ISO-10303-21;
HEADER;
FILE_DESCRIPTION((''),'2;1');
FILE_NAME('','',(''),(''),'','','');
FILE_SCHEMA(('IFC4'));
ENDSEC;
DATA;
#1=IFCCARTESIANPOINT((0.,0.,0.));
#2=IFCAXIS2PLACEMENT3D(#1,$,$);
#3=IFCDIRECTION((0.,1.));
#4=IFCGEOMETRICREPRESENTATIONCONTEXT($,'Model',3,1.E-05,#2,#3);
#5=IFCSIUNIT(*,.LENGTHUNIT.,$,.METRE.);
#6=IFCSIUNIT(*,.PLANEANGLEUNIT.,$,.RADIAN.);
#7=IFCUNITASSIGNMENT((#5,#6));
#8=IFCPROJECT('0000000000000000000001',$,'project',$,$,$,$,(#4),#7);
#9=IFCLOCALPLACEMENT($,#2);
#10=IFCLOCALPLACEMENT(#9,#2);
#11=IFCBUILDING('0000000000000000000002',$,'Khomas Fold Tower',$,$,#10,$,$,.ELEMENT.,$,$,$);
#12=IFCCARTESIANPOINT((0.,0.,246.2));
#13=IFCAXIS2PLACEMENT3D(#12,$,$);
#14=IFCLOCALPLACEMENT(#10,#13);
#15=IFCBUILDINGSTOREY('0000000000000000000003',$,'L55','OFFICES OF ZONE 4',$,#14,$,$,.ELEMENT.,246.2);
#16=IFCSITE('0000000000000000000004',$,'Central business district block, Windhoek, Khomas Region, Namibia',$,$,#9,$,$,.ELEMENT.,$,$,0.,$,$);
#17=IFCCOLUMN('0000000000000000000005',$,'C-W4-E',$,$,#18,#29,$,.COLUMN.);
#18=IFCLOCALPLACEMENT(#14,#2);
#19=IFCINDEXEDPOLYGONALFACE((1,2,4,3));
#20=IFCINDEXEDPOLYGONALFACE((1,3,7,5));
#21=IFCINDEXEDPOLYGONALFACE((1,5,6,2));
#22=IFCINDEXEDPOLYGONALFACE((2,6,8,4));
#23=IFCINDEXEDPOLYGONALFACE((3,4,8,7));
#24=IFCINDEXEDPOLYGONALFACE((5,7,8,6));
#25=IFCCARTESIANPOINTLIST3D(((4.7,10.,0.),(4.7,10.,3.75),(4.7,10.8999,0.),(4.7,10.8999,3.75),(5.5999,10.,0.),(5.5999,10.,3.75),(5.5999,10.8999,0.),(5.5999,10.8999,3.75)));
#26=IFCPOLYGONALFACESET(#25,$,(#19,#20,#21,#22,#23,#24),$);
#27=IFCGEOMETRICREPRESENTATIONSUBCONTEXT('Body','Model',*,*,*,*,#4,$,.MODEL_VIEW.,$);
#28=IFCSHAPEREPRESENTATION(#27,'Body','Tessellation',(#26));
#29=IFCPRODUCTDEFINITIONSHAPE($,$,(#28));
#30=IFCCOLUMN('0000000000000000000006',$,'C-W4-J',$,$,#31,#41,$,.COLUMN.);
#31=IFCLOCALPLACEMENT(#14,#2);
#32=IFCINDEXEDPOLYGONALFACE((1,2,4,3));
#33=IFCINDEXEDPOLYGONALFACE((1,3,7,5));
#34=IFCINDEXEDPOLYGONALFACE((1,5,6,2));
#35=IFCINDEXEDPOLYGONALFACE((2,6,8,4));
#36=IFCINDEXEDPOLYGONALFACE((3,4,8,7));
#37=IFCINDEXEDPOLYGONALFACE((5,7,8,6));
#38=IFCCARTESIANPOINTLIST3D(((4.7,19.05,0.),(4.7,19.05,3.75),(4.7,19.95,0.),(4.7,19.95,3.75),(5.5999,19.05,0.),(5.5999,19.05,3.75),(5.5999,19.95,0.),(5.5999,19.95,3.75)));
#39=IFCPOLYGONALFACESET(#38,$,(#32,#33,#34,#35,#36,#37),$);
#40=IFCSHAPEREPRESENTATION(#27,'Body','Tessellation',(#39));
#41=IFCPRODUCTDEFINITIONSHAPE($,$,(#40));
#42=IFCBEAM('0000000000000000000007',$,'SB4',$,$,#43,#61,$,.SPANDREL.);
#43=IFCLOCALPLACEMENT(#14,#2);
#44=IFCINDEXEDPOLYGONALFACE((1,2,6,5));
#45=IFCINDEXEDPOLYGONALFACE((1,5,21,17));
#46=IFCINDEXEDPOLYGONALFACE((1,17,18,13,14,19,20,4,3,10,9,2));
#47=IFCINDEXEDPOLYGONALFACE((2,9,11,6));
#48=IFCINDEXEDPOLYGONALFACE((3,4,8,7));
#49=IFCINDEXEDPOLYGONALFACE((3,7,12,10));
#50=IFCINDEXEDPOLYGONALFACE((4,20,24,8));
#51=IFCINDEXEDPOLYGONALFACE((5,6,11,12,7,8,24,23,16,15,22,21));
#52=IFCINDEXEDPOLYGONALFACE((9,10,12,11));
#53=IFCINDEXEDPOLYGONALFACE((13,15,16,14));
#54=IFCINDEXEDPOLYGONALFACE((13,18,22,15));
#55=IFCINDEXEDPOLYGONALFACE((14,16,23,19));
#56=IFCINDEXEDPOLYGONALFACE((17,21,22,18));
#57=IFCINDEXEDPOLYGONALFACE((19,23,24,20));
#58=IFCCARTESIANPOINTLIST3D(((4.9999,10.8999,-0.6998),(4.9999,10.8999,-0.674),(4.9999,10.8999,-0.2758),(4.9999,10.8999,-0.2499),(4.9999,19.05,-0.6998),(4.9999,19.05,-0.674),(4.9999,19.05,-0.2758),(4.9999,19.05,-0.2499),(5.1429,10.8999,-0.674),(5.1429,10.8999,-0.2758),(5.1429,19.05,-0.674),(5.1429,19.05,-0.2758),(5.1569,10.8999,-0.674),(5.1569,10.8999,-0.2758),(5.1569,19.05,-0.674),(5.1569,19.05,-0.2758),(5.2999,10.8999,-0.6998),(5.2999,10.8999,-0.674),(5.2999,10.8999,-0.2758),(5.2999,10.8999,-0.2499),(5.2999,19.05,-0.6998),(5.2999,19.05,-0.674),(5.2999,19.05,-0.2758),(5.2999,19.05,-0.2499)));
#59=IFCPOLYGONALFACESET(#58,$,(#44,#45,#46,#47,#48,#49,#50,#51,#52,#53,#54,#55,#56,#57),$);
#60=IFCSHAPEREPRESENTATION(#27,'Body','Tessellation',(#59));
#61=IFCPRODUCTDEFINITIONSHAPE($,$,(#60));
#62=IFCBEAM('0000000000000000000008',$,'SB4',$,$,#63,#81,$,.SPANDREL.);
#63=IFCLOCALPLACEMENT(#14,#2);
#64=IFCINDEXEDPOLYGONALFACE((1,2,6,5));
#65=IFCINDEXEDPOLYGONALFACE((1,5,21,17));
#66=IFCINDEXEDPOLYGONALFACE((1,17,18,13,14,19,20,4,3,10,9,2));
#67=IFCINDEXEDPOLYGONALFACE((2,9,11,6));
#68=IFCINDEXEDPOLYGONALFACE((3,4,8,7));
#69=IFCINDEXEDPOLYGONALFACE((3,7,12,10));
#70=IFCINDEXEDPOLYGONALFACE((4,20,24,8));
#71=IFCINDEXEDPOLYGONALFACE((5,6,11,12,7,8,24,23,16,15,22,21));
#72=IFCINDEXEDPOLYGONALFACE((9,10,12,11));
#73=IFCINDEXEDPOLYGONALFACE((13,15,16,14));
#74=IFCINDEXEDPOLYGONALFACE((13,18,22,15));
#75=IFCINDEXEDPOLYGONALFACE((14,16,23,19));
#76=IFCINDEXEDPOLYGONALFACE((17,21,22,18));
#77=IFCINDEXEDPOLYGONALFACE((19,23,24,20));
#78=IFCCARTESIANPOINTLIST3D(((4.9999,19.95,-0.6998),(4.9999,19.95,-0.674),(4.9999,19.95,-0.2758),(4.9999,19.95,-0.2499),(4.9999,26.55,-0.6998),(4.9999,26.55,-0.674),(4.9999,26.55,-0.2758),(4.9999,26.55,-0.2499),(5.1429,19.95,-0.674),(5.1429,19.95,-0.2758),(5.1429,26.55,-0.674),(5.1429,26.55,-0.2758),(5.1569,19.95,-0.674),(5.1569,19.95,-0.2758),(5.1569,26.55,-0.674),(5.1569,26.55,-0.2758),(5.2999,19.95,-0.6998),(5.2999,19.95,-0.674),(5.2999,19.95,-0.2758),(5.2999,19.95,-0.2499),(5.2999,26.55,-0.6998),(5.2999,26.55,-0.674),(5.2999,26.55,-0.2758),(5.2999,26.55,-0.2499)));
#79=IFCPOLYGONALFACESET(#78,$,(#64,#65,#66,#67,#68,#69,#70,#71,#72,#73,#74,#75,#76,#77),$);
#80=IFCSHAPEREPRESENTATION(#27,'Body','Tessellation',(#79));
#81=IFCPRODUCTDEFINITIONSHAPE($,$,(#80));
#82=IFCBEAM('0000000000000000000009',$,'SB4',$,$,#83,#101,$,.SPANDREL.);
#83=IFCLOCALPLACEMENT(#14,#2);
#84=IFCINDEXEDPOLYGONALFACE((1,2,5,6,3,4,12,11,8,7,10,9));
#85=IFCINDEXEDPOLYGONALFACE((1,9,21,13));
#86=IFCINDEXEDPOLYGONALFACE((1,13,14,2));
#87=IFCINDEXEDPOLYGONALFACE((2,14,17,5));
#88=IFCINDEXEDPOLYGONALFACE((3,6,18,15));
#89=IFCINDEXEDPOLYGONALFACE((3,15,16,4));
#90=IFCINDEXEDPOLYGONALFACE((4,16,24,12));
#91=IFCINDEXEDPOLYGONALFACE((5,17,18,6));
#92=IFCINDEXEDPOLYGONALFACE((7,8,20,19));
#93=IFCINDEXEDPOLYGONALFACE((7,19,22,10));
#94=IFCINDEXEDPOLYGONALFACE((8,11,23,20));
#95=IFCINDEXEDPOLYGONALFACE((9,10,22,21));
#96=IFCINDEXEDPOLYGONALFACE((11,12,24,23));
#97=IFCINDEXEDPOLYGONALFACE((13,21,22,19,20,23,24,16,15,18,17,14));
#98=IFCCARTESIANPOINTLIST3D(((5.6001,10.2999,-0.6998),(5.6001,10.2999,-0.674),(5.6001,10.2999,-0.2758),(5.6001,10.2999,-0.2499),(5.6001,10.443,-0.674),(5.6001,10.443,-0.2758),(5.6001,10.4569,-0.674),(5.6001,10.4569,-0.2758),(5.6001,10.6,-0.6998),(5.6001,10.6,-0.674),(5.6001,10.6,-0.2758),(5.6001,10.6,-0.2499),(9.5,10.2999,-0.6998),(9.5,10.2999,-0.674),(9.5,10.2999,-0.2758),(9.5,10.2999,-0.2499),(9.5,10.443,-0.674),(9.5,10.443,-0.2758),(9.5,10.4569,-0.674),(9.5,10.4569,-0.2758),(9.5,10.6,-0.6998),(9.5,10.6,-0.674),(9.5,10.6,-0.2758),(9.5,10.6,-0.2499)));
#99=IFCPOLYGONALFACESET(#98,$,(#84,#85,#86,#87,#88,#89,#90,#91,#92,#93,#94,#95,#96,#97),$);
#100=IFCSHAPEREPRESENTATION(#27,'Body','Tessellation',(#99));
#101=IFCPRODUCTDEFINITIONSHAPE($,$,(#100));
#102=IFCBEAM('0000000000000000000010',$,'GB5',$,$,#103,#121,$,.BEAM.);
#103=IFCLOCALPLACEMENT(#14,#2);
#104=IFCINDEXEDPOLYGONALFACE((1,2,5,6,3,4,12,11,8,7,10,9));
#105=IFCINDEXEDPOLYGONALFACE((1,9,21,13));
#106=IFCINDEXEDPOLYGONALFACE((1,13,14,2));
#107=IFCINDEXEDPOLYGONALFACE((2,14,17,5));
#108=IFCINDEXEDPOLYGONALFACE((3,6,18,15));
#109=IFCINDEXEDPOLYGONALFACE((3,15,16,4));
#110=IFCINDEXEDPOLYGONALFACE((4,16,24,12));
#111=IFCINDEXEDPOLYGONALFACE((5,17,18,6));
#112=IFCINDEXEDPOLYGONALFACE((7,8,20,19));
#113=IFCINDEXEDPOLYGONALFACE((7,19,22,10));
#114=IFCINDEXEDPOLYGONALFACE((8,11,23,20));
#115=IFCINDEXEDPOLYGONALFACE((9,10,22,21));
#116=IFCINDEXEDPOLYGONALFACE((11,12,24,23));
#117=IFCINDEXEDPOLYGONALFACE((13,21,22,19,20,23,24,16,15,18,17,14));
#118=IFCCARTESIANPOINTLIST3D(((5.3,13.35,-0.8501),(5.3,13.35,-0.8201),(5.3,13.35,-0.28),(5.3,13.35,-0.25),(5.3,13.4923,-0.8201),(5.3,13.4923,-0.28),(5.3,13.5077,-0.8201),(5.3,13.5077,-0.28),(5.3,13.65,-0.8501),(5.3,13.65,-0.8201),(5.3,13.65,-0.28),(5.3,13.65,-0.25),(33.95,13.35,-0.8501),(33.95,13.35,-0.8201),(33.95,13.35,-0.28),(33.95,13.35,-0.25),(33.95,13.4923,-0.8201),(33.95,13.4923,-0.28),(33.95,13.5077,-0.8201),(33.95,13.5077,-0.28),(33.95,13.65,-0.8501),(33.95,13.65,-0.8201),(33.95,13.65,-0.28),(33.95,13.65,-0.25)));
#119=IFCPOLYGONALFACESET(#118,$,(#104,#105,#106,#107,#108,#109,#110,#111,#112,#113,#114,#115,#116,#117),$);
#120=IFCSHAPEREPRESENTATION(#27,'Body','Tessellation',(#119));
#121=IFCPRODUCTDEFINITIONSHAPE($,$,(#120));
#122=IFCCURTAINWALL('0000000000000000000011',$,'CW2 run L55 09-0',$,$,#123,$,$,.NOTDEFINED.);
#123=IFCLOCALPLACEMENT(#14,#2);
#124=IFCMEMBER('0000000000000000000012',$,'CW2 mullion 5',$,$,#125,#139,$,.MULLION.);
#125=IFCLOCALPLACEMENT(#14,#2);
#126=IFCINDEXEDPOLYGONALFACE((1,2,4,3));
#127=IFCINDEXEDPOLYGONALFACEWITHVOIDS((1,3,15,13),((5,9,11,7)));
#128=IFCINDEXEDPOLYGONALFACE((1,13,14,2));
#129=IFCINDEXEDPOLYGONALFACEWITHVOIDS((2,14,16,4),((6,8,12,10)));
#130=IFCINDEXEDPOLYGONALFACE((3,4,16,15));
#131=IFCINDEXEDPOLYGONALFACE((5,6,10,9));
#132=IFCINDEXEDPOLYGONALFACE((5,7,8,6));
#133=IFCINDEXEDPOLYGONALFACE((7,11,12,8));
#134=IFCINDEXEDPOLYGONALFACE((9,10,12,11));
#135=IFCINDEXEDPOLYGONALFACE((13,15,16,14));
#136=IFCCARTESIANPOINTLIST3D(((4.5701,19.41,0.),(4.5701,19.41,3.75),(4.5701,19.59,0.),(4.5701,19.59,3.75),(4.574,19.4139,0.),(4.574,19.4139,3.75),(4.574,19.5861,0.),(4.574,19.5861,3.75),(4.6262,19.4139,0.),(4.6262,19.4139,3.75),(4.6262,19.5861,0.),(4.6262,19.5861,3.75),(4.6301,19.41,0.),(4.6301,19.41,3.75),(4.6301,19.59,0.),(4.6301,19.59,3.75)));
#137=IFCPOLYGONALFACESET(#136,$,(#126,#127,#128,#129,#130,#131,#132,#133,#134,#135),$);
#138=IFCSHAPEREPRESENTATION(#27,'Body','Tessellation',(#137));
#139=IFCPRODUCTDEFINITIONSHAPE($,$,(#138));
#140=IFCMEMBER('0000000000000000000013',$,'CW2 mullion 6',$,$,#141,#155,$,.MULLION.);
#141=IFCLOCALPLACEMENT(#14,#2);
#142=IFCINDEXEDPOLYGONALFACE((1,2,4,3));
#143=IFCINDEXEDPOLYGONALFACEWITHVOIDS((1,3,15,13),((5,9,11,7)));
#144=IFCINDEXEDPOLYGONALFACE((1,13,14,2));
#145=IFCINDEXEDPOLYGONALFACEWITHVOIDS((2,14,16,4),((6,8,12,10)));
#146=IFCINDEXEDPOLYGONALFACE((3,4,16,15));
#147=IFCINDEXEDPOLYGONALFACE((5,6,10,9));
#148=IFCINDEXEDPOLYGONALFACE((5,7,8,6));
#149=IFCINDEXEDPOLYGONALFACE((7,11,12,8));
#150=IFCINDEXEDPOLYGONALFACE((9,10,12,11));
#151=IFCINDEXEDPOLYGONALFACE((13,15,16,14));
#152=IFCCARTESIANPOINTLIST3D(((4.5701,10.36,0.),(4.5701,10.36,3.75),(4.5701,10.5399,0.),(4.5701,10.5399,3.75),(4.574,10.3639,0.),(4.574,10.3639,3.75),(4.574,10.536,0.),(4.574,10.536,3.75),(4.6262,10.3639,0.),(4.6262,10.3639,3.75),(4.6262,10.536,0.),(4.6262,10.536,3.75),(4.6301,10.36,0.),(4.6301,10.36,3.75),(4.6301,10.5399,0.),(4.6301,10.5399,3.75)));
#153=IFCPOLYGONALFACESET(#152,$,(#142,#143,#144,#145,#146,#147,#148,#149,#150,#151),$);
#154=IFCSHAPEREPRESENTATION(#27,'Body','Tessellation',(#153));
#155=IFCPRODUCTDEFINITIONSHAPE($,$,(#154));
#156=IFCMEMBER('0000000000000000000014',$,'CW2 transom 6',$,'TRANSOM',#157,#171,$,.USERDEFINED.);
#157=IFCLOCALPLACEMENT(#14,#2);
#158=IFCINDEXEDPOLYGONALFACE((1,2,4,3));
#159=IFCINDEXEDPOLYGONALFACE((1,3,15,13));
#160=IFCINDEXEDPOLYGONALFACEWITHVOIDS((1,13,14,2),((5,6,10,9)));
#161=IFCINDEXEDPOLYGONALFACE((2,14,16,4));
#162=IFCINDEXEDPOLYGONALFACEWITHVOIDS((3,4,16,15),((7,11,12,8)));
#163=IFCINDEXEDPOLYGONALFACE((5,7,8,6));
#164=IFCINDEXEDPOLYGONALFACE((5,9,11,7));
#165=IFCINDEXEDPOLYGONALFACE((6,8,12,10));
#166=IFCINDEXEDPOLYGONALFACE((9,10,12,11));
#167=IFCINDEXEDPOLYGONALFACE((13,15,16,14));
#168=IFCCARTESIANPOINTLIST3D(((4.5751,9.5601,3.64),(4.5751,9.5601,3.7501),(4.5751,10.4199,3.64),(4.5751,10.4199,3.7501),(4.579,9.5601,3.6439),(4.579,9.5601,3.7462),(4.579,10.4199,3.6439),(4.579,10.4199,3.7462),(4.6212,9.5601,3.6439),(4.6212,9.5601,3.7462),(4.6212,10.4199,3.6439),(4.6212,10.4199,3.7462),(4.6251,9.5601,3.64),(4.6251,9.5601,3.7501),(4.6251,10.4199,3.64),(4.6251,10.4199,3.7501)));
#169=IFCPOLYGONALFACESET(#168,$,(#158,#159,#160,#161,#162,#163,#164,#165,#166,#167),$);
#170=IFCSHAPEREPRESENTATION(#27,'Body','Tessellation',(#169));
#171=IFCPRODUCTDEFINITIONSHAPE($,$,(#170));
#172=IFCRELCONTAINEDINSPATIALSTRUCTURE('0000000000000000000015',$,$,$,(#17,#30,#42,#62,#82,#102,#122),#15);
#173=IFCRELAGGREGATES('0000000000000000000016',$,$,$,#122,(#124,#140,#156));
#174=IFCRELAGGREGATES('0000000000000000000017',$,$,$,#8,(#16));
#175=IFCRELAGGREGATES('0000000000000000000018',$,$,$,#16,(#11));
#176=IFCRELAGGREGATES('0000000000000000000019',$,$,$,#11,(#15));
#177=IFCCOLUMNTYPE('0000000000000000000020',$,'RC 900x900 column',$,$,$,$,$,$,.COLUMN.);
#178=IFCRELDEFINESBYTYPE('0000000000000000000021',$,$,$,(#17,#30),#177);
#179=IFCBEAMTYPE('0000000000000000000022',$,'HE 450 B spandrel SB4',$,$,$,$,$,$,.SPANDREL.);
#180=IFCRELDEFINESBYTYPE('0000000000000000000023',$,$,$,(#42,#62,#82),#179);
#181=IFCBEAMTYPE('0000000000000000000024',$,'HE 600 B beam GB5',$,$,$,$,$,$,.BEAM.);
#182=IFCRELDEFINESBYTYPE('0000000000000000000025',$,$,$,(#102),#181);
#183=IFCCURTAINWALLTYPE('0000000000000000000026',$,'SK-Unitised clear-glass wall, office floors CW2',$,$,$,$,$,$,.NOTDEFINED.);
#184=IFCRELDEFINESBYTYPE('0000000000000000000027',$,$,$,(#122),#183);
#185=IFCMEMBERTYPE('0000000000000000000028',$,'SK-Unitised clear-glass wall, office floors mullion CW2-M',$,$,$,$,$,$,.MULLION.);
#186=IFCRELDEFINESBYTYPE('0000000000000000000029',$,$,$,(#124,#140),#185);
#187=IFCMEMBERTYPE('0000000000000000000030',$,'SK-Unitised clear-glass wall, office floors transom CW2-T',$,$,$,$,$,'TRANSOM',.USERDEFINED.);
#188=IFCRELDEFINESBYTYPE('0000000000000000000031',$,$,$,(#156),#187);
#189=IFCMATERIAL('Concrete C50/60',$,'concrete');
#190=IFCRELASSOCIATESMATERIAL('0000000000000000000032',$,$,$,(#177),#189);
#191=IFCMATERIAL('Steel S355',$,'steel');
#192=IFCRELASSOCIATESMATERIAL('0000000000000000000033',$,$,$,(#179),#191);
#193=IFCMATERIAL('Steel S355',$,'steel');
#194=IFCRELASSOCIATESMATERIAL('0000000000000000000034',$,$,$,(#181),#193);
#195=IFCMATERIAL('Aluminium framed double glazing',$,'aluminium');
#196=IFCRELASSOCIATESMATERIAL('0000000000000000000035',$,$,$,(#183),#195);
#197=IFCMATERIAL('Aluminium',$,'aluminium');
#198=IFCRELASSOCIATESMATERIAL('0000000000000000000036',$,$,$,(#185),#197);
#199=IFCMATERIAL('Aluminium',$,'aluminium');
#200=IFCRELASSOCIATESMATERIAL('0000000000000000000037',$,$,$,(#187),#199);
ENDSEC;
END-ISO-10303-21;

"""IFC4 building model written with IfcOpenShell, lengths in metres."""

from ifc_helpers import new_model, si_unit, direction, frame, origin, origin_2d, place, context, subcontext, project, spatial, rectangle, hollow_rectangle, i_section, extrude, source, transform, mapped, material, material_profile, profile_set, type_object, element, aggregate, save


model = new_model("IFC4")

# Units and contexts
model_context = context("Model", 3, precision=1e-05, world=origin(), true_north=direction((0.0, 1.0)))
body_context = subcontext(model_context, "Body", "Model", "MODEL_VIEW")
ifc_project = project(units=[si_unit("LENGTHUNIT", "METRE"), si_unit("PLANEANGLEUNIT", "RADIAN")], contexts=[model_context])

# Site, building, storey
site_placement = place(None, origin())
site = spatial("IfcSite", under=ifc_project, at=site_placement, Name="Central business district block, Windhoek, Khomas Region, Namibia", CompositionType="ELEMENT", RefElevation=0.0)
building_placement = place(site_placement, origin())
building = spatial("IfcBuilding", under=site, at=building_placement, Name="Khomas Fold Tower", CompositionType="ELEMENT")
storey_placement = place(building_placement, frame((0.0, 0.0, 246.2)))
storey = spatial("IfcBuildingStorey", under=building, at=storey_placement, Name="L55", Description="OFFICES OF ZONE 4", CompositionType="ELEMENT", Elevation=246.2)

# Columns
ifc_material_1 = material(Name="Concrete C50/60", Category="concrete")
ifc_material_profile_1 = material_profile(ifc_material_1, rectangle(XDim=0.8999, YDim=0.8999, at=origin_2d()), Name="RC 900x900")
ifc_profile_set_1 = profile_set([ifc_material_profile_1], Name="Concrete C50/60")
column_type = type_object("IfcColumnType", Name="RC 900x900 column", PredefinedType="COLUMN", material=ifc_profile_set_1)
shared_shape_1 = source(origin(), body_context, "Body", "SweptSolid", [
    extrude(rectangle(XDim=0.8999, YDim=0.8999, at=origin_2d()), origin(), (0.0, 0.0, 1.0), 3.75),
])
for number, where, z_axis, x_axis, name in (
    (1, (5.1499, 10.45, 0.0), (0.0, 0.0, 1.0), (1.0, 0.0, 0.0), "C-W4-E"),
    (2, (5.1499, 19.5, 0.0), (0.0, 0.0, 1.0), (1.0, 0.0, 0.0), "C-W4-J"),
):
    element("IfcColumn", number, at=place(storey_placement, frame(where, z_axis=z_axis, x_axis=x_axis)), inside=storey, type_object=column_type, Name=name, PredefinedType="COLUMN", context=body_context, shape_type="MappedRepresentation", body=[
        mapped(shared_shape_1, transform((0.0, 0.0, 0.0))),
    ])

# Beams
ifc_material_2 = material(Name="Steel S355", Category="steel")
ifc_material_profile_2 = material_profile(ifc_material_2, i_section(OverallWidth=0.3, OverallDepth=0.45, WebThickness=0.0139, FlangeThickness=0.0259, at=origin_2d()), Name="HE 450 B")
ifc_profile_set_2 = profile_set([ifc_material_profile_2], Name="Steel S355")
beam_type_1 = type_object("IfcBeamType", Name="HE 450 B spandrel SB4", PredefinedType="SPANDREL", material=ifc_profile_set_2)
shared_shape_2 = source(origin(), body_context, "Body", "SweptSolid", [
    extrude(i_section(OverallWidth=0.3, OverallDepth=0.45, WebThickness=0.0139, FlangeThickness=0.0259, at=origin_2d()), origin(), (0.0, 0.0, 1.0), 8.1501),
])
beam_1_placement = place(storey_placement, frame((5.1499, 10.8999, -0.4749), z_axis=(0.0, 1.0, 0.0), x_axis=(-1.0, 0.0, 0.0)))
element("IfcBeam", 3, at=beam_1_placement, inside=storey, type_object=beam_type_1, Name="SB4", PredefinedType="SPANDREL", context=body_context, shape_type="MappedRepresentation", body=[
    mapped(shared_shape_2, transform((0.0, 0.0, 0.0))),
])
shared_shape_3 = source(origin(), body_context, "Body", "SweptSolid", [
    extrude(i_section(OverallWidth=0.3, OverallDepth=0.45, WebThickness=0.0139, FlangeThickness=0.0259, at=origin_2d()), origin(), (0.0, 0.0, 1.0), 6.6001),
])
beam_2_placement = place(storey_placement, frame((5.1499, 19.95, -0.4749), z_axis=(0.0, 1.0, 0.0), x_axis=(-1.0, 0.0, 0.0)))
element("IfcBeam", 4, at=beam_2_placement, inside=storey, type_object=beam_type_1, Name="SB4", PredefinedType="SPANDREL", context=body_context, shape_type="MappedRepresentation", body=[
    mapped(shared_shape_3, transform((0.0, 0.0, 0.0))),
])
shared_shape_4 = source(origin(), body_context, "Body", "SweptSolid", [
    extrude(i_section(OverallWidth=0.3, OverallDepth=0.45, WebThickness=0.0139, FlangeThickness=0.0259, at=origin_2d()), origin(), (0.0, 0.0, 1.0), 3.8999),
])
beam_3_placement = place(storey_placement, frame((5.6001, 10.45, -0.4749), z_axis=(1.0, 0.0, 0.0), x_axis=(0.0, 1.0, 0.0)))
element("IfcBeam", 5, at=beam_3_placement, inside=storey, type_object=beam_type_1, Name="SB4", PredefinedType="SPANDREL", context=body_context, shape_type="MappedRepresentation", body=[
    mapped(shared_shape_4, transform((0.0, 0.0, 0.0))),
])
ifc_material_3 = material(Name="Steel S355", Category="steel")
ifc_material_profile_3 = material_profile(ifc_material_3, i_section(OverallWidth=0.3, OverallDepth=0.6001, WebThickness=0.0154, FlangeThickness=0.03, at=origin_2d()), Name="HE 600 B")
ifc_profile_set_3 = profile_set([ifc_material_profile_3], Name="Steel S355")
beam_type_2 = type_object("IfcBeamType", Name="HE 600 B beam GB5", PredefinedType="BEAM", material=ifc_profile_set_3)
shared_shape_5 = source(origin(), body_context, "Body", "SweptSolid", [
    extrude(i_section(OverallWidth=0.3, OverallDepth=0.6001, WebThickness=0.0154, FlangeThickness=0.03, at=origin_2d()), origin(), (0.0, 0.0, 1.0), 28.6499),
])
beam_4_placement = place(storey_placement, frame((5.3, 13.5, -0.55), z_axis=(1.0, 0.0, 0.0), x_axis=(0.0, 1.0, 0.0)))
element("IfcBeam", 6, at=beam_4_placement, inside=storey, type_object=beam_type_2, Name="GB5", PredefinedType="BEAM", context=body_context, shape_type="MappedRepresentation", body=[
    mapped(shared_shape_5, transform((0.0, 0.0, 0.0))),
])

# Curtain wall, members
ifc_material_4 = material(Name="Aluminium framed double glazing", Category="aluminium")
curtain_wall_type = type_object("IfcCurtainWallType", Name="SK-Unitised clear-glass wall, office floors CW2", PredefinedType="NOTDEFINED", material=ifc_material_4)
curtain_wall_placement = place(storey_placement, origin())
curtain_wall = element("IfcCurtainWall", 7, at=curtain_wall_placement, inside=storey, type_object=curtain_wall_type, Name="CW2 run L55 09-0", PredefinedType="NOTDEFINED")
ifc_material_5 = material(Name="Aluminium", Category="aluminium")
ifc_material_profile_4 = material_profile(ifc_material_5, hollow_rectangle(XDim=0.0601, YDim=0.1799, WallThickness=0.0039, at=origin_2d()), Name="SK-Unitised clear-glass wall, office floors mullion CW2-M")
ifc_profile_set_4 = profile_set([ifc_material_profile_4], Name="Aluminium")
member_type_1 = type_object("IfcMemberType", Name="SK-Unitised clear-glass wall, office floors mullion CW2-M", PredefinedType="MULLION", material=ifc_profile_set_4)
shared_shape_6 = source(origin(), body_context, "Body", "SweptSolid", [
    extrude(hollow_rectangle(XDim=0.0601, YDim=0.1799, WallThickness=0.0039, at=origin_2d()), origin(), (0.0, 0.0, 1.0), 3.75),
])
member_1_placement = place(storey_placement, frame((4.6001, 19.5, 0.0), z_axis=(0.0, 0.0, 1.0), x_axis=(1.0, 0.0, 0.0)))
member_1 = element("IfcMember", 8, at=member_1_placement, type_object=member_type_1, Name="CW2 mullion 5", PredefinedType="MULLION", context=body_context, shape_type="MappedRepresentation", body=[
    mapped(shared_shape_6, transform((0.0, 0.0, 0.0))),
])
member_2_placement = place(storey_placement, frame((4.6001, 10.45, 0.0), z_axis=(0.0, 0.0, 1.0), x_axis=(1.0, 0.0, 0.0)))
member_2 = element("IfcMember", 9, at=member_2_placement, type_object=member_type_1, Name="CW2 mullion 6", PredefinedType="MULLION", context=body_context, shape_type="MappedRepresentation", body=[
    mapped(shared_shape_6, transform((0.0, 0.0, 0.0))),
])
ifc_material_6 = material(Name="Aluminium", Category="aluminium")
ifc_material_profile_5 = material_profile(ifc_material_6, hollow_rectangle(XDim=0.05, YDim=0.1101, WallThickness=0.0039, at=origin_2d()), Name="SK-Unitised clear-glass wall, office floors transom CW2-T")
ifc_profile_set_5 = profile_set([ifc_material_profile_5], Name="Aluminium")
member_type_2 = type_object("IfcMemberType", Name="SK-Unitised clear-glass wall, office floors transom CW2-T", ElementType="TRANSOM", PredefinedType="USERDEFINED", material=ifc_profile_set_5)
shared_shape_7 = source(origin(), body_context, "Body", "SweptSolid", [
    extrude(hollow_rectangle(XDim=0.05, YDim=0.1101, WallThickness=0.0039, at=origin_2d()), origin(), (0.0, 0.0, 1.0), 0.8599),
])
member_3_placement = place(storey_placement, frame((4.6001, 10.4199, 3.6951), z_axis=(0.0, -1.0, 0.0), x_axis=(1.0, 0.0, 0.0)))
member_3 = element("IfcMember", 10, at=member_3_placement, type_object=member_type_2, Name="CW2 transom 6", ObjectType="TRANSOM", PredefinedType="USERDEFINED", context=body_context, shape_type="MappedRepresentation", body=[
    mapped(shared_shape_7, transform((0.0, 0.0, 0.0))),
])

aggregate(curtain_wall, [member_1, member_2, member_3])

save(model, "model.ifc")
